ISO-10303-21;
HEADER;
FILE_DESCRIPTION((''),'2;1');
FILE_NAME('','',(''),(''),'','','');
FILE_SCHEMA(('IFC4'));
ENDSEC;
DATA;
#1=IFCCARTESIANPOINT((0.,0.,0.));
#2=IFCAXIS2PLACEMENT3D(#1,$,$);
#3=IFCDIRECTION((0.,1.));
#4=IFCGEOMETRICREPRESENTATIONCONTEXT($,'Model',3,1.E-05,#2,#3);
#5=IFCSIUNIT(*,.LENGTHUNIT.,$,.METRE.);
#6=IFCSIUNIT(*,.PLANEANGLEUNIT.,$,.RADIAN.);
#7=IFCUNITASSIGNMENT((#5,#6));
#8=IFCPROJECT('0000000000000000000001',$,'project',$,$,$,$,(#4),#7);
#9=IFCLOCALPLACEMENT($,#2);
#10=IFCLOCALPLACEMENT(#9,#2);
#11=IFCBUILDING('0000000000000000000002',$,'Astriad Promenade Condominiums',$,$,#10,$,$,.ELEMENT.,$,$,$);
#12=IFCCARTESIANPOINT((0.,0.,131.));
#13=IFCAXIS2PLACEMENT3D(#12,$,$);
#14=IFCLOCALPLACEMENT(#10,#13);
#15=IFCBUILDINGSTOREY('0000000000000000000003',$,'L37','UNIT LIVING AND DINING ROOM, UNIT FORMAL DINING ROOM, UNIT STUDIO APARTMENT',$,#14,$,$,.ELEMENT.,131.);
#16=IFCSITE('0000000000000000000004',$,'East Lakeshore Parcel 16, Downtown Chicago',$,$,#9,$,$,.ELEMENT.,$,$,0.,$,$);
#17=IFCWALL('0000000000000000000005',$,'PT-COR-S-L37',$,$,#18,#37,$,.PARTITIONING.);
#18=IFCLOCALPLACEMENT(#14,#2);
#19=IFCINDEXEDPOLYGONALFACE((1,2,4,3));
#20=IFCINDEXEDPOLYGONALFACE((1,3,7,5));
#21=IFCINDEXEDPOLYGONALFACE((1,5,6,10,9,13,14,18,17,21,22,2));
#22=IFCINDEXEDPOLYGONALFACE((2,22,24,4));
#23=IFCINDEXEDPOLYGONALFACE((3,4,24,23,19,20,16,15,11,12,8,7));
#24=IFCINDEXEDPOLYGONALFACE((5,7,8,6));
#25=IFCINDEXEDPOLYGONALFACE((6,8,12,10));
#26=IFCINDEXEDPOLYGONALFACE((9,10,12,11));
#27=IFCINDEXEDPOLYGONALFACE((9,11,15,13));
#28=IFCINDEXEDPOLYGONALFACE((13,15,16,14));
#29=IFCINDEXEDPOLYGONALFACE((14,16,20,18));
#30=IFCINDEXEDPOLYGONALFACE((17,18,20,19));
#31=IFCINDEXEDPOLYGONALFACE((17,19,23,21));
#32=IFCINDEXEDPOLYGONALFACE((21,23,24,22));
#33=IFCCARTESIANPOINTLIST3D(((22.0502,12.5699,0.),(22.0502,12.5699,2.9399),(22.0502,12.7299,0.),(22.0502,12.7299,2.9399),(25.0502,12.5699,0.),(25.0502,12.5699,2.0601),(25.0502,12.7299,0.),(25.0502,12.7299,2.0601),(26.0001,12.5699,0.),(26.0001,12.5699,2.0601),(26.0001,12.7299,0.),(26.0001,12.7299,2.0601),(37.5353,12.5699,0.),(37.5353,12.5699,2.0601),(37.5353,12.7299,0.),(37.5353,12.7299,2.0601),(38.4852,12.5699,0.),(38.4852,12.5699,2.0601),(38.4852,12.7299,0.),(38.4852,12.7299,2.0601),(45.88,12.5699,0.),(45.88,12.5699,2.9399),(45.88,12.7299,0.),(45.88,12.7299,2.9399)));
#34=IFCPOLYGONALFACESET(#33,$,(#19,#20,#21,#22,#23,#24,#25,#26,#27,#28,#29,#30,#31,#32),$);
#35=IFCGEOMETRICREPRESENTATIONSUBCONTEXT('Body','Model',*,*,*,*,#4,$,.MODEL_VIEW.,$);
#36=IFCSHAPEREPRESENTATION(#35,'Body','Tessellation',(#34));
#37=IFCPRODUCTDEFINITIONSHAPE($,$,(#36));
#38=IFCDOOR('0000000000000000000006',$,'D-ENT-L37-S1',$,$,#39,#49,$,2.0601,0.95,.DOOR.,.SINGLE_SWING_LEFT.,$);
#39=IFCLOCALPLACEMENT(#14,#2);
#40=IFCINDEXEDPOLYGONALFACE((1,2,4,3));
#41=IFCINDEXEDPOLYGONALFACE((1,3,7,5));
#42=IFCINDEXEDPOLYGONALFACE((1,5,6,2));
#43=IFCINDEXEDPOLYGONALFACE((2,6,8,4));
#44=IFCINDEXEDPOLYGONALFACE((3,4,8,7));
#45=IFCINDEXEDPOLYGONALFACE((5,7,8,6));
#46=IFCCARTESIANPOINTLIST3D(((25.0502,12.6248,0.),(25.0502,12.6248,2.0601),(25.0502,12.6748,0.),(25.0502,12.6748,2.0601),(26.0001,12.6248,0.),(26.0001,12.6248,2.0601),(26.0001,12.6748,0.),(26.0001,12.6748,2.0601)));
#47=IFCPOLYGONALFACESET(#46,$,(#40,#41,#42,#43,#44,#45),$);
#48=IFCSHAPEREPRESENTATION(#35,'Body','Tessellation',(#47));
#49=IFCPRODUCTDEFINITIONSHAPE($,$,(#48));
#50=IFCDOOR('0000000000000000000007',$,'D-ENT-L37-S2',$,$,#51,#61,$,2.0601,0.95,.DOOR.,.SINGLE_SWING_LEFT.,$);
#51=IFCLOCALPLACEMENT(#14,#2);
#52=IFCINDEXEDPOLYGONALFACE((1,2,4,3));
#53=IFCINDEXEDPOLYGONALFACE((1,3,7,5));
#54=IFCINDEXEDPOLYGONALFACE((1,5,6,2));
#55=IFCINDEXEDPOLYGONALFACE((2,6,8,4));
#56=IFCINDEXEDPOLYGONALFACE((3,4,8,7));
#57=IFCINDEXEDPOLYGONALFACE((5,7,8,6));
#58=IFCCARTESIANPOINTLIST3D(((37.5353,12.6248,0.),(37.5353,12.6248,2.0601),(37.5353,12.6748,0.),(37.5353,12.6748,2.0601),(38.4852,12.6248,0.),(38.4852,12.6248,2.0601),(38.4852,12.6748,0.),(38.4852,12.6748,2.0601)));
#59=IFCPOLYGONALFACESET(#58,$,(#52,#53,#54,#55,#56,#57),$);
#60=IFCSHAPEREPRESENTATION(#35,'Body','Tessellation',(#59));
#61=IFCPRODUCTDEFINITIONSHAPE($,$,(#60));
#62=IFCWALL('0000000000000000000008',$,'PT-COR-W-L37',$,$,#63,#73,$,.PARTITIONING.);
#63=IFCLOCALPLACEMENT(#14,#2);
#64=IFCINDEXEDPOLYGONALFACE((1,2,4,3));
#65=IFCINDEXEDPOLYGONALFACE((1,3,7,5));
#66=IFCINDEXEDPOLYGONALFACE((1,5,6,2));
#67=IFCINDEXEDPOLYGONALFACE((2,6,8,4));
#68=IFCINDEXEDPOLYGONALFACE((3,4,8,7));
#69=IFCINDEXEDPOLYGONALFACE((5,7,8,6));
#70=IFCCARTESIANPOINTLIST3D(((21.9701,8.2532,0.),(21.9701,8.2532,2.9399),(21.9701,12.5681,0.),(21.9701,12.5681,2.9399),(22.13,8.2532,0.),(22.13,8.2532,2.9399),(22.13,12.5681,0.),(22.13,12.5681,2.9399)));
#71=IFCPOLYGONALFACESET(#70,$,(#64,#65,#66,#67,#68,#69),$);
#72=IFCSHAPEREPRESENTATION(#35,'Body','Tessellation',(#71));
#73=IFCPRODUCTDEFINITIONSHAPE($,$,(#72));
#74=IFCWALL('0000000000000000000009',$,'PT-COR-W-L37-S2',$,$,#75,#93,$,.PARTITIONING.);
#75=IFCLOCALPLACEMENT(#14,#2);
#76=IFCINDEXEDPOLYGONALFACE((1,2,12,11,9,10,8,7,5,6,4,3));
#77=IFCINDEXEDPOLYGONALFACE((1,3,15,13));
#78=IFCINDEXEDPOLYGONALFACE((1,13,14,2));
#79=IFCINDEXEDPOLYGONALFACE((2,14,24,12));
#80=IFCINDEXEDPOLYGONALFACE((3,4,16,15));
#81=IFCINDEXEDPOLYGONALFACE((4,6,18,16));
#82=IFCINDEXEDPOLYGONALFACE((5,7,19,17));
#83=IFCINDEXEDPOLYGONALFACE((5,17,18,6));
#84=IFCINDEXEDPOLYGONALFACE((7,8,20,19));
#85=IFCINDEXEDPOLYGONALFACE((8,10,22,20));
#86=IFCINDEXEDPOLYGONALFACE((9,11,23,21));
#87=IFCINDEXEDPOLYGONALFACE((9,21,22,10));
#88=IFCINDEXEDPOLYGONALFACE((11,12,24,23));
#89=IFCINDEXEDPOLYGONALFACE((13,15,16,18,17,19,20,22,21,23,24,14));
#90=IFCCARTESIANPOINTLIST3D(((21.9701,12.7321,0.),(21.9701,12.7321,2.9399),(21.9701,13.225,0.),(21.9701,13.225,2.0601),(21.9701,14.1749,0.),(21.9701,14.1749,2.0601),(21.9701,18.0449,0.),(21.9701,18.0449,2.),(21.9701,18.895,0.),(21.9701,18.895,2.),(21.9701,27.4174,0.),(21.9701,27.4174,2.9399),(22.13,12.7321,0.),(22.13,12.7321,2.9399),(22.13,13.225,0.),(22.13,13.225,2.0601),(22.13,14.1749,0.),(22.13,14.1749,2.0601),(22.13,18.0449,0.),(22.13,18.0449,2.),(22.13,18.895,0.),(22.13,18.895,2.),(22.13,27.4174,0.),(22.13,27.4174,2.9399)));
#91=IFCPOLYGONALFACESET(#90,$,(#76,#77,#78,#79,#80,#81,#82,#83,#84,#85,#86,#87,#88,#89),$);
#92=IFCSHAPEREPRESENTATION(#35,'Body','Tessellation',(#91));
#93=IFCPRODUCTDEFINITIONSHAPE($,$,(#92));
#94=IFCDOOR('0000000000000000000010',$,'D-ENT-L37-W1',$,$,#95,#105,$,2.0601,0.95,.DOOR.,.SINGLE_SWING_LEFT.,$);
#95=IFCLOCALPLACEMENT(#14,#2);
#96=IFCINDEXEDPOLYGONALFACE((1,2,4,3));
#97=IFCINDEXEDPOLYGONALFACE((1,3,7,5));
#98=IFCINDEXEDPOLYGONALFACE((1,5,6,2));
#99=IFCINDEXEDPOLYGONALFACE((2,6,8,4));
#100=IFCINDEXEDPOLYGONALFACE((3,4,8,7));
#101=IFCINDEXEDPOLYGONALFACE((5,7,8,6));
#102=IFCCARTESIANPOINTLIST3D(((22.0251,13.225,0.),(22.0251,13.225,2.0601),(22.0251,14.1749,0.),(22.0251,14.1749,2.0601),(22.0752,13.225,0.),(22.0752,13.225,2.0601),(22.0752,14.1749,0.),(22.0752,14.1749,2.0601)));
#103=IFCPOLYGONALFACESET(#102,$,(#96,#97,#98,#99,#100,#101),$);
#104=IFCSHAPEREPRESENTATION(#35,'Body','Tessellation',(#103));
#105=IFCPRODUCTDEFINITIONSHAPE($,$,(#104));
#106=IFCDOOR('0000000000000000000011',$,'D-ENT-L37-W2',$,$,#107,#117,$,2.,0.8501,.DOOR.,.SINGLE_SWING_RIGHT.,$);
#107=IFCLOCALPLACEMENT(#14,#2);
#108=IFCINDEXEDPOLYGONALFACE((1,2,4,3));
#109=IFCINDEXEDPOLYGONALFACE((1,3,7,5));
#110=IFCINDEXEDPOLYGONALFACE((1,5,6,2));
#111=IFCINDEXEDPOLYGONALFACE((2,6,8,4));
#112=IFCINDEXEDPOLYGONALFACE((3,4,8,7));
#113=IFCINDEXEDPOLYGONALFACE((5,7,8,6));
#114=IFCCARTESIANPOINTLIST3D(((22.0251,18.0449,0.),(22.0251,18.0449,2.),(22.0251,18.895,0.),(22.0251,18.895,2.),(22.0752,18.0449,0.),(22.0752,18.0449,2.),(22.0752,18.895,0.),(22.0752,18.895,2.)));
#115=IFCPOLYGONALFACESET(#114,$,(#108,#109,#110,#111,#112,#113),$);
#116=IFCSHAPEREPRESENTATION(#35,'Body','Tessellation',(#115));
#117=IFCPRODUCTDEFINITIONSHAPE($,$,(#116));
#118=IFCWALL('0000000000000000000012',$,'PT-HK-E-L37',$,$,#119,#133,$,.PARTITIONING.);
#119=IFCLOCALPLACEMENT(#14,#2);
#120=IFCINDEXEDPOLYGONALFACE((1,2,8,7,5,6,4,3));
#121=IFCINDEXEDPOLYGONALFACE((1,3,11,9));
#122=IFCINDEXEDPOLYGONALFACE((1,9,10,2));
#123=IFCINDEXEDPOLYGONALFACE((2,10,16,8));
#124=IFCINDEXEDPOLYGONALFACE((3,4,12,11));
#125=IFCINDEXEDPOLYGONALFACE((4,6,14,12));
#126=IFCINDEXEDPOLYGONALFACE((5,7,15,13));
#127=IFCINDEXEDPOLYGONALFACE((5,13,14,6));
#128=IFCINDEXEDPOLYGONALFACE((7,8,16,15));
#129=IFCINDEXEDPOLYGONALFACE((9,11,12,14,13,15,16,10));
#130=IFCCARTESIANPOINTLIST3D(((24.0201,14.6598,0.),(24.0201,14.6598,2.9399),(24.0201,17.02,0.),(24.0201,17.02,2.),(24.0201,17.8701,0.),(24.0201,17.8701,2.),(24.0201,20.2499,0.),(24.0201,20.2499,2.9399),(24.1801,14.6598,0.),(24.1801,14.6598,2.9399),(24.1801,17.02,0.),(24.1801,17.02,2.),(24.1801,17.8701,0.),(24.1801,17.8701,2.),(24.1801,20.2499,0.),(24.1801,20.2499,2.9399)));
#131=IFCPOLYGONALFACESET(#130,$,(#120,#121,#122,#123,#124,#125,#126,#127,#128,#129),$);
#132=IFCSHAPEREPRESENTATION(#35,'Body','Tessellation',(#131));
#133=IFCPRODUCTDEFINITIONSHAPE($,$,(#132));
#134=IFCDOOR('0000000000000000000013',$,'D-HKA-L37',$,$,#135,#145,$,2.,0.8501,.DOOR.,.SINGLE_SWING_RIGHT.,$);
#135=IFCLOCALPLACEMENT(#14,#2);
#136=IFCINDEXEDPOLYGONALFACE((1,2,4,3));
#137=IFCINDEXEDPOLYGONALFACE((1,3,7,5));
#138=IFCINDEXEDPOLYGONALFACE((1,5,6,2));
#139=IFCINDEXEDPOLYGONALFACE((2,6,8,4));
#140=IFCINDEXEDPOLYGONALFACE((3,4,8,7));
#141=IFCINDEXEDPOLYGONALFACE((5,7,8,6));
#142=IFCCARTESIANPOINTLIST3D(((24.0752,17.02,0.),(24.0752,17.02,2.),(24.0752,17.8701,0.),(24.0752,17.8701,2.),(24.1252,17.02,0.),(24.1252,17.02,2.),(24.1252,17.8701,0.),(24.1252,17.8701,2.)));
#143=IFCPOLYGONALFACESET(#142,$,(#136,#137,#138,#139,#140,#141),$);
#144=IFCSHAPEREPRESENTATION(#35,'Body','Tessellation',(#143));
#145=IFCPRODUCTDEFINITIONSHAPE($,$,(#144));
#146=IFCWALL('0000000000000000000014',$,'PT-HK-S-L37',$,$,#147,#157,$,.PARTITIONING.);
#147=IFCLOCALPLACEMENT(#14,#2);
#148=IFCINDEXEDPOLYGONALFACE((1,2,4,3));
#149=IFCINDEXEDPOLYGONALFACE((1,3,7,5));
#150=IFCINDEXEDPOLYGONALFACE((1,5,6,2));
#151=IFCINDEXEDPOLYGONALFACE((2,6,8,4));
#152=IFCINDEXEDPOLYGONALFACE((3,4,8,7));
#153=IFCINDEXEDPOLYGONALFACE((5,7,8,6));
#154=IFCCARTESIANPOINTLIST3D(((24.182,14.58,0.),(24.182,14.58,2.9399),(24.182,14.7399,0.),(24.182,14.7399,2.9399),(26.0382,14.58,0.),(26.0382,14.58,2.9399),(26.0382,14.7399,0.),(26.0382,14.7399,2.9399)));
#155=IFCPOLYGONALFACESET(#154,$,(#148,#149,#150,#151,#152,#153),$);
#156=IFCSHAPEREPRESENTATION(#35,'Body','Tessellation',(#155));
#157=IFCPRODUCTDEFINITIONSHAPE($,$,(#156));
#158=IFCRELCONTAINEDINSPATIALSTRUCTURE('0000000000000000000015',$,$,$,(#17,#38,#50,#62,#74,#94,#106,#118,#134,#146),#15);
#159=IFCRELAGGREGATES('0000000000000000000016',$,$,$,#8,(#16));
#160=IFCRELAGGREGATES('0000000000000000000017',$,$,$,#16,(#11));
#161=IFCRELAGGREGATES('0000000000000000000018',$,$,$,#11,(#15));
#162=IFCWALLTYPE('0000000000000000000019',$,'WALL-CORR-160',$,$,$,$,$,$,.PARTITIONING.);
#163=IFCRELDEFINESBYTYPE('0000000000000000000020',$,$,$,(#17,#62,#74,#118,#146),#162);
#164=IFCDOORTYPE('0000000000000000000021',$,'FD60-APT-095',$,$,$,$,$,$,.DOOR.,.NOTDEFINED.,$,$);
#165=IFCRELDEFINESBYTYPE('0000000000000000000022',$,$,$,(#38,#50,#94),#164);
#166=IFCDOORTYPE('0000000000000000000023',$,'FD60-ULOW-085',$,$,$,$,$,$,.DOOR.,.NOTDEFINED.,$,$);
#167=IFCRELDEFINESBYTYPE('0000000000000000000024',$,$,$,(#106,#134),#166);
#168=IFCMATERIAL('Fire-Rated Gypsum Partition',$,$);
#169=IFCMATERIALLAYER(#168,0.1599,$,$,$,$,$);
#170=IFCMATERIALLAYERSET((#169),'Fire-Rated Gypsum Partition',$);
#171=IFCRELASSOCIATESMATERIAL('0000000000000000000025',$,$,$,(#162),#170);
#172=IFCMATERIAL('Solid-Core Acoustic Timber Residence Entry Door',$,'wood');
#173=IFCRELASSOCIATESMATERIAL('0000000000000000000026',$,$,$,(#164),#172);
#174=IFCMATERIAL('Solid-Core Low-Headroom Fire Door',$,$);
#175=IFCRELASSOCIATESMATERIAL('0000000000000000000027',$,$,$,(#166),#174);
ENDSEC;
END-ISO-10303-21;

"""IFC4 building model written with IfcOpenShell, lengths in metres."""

from ifc_helpers import new_model, si_unit, direction, frame, frame_2d, origin, place, context, subcontext, project, spatial, rectangle, extrude, source, transform, mapped, material, layer, layer_set, type_object, type_shapes, element, fill, save


model = new_model("IFC4")

# Units and contexts
model_context = context("Model", 3, precision=1e-05, world=origin(), true_north=direction((0.0, 1.0)))
body_context = subcontext(model_context, "Body", "Model", "MODEL_VIEW")
ifc_project = project(units=[si_unit("LENGTHUNIT", "METRE"), si_unit("PLANEANGLEUNIT", "RADIAN")], contexts=[model_context])

# Site, building, storey
site_placement = place(None, origin())
site = spatial("IfcSite", under=ifc_project, at=site_placement, Name="East Lakeshore Parcel 16, Downtown Chicago", CompositionType="ELEMENT", RefElevation=0.0)
building_placement = place(site_placement, origin())
building = spatial("IfcBuilding", under=site, at=building_placement, Name="Astriad Promenade Condominiums", CompositionType="ELEMENT")
storey_placement = place(building_placement, frame((0.0, 0.0, 131.0)))
storey = spatial("IfcBuildingStorey", under=building, at=storey_placement, Name="L37", Description="UNIT LIVING AND DINING ROOM, UNIT FORMAL DINING ROOM, UNIT STUDIO APARTMENT", CompositionType="ELEMENT", Elevation=131.0)

# Wall, openings, doors
ifc_material_1 = material(Name="Fire-Rated Gypsum Partition")
ifc_layer_1 = layer(ifc_material_1, 0.1599)
ifc_layer_set_1 = layer_set([ifc_layer_1], Name="Fire-Rated Gypsum Partition")
wall_type_1 = type_object("IfcWallType", Name="WALL-CORR-160", PredefinedType="PARTITIONING", material=ifc_layer_set_1)
wall_1_placement = place(storey_placement, frame((22.05, 12.6499, 0.0), z_axis=(0.0, 0.0, 1.0), x_axis=(1.0, 0.0, 0.0)))
wall_1 = element("IfcWall", 1, at=wall_1_placement, inside=storey, type_object=wall_type_1, Name="PT-COR-S-L37", PredefinedType="PARTITIONING", context=body_context, shape_type="SweptSolid", body=[
    extrude(rectangle(XDim=23.8298, YDim=0.1599, at=frame_2d((11.915, 0.0))), origin(), (0.0, 0.0, 1.0), 2.9399),
])
opening_1_placement = place(wall_1_placement, frame((3.0, 0.0, 0.0)))
opening_1 = element("IfcOpeningElement", 2, at=opening_1_placement, cuts=wall_1, PredefinedType="OPENING", context=body_context, shape_type="SweptSolid", body=[
    extrude(rectangle(XDim=0.95, YDim=2.0601, at=frame_2d((0.4751, 1.03))), frame((0.0, 0.0898, 0.0), z_axis=(0.0, -1.0, 0.0), x_axis=(1.0, 0.0, 0.0)), (0.0, 0.0, 1.0), 0.1799),
])
opening_2_placement = place(wall_1_placement, frame((15.4851, 0.0, 0.0)))
opening_2 = element("IfcOpeningElement", 3, at=opening_2_placement, cuts=wall_1, PredefinedType="OPENING", context=body_context, shape_type="SweptSolid", body=[
    extrude(rectangle(XDim=0.95, YDim=2.0601, at=frame_2d((0.4751, 1.03))), frame((0.0, 0.0898, 0.0), z_axis=(0.0, -1.0, 0.0), x_axis=(1.0, 0.0, 0.0)), (0.0, 0.0, 1.0), 0.1799),
])
ifc_material_2 = material(Name="Solid-Core Acoustic Timber Residence Entry Door", Category="wood")
door_type_1 = type_object("IfcDoorType", Name="FD60-APT-095", OperationType="NOTDEFINED", PredefinedType="DOOR", material=ifc_material_2)
shared_shape_1 = source(origin(), body_context, "Body", "SweptSolid", [
    extrude(rectangle(XDim=0.95, YDim=2.0601, at=frame_2d((0.4751, 1.03))), frame((0.0, 0.0249, 0.0), z_axis=(0.0, -1.0, 0.0), x_axis=(1.0, 0.0, 0.0)), (0.0, 0.0, 1.0), 0.05),
])
type_shapes(door_type_1, [shared_shape_1])
door_1_placement = place(opening_1_placement, origin())
door_1 = element("IfcDoor", 4, at=door_1_placement, inside=storey, type_object=door_type_1, Name="D-ENT-L37-S1", OperationType="SINGLE_SWING_LEFT", OverallHeight=2.0601, OverallWidth=0.95, PredefinedType="DOOR", context=body_context, shape_type="MappedRepresentation", body=[
    mapped(shared_shape_1, transform((0.0, 0.0, 0.0), scale=1.0)),
])
fill(opening_1, door_1)
door_2_placement = place(opening_2_placement, origin())
door_2 = element("IfcDoor", 5, at=door_2_placement, inside=storey, type_object=door_type_1, Name="D-ENT-L37-S2", OperationType="SINGLE_SWING_LEFT", OverallHeight=2.0601, OverallWidth=0.95, PredefinedType="DOOR", context=body_context, shape_type="MappedRepresentation", body=[
    mapped(shared_shape_1, transform((0.0, 0.0, 0.0), scale=1.0)),
])
fill(opening_2, door_2)

# Wall
wall_2_placement = place(storey_placement, frame((22.05, 8.2532, 0.0), z_axis=(0.0, 0.0, 1.0), x_axis=(0.0, 1.0, 0.0)))
element("IfcWall", 6, at=wall_2_placement, inside=storey, type_object=wall_type_1, Name="PT-COR-W-L37", PredefinedType="PARTITIONING", context=body_context, shape_type="SweptSolid", body=[
    extrude(rectangle(XDim=4.3149, YDim=0.1599, at=frame_2d((2.1575, 0.0))), origin(), (0.0, 0.0, 1.0), 2.9399),
])

# Wall, openings, doors
wall_3_placement = place(storey_placement, frame((22.05, 12.7319, 0.0), z_axis=(0.0, 0.0, 1.0), x_axis=(0.0, 1.0, 0.0)))
wall_3 = element("IfcWall", 7, at=wall_3_placement, inside=storey, type_object=wall_type_1, Name="PT-COR-W-L37-S2", PredefinedType="PARTITIONING", context=body_context, shape_type="SweptSolid", body=[
    extrude(rectangle(XDim=14.6853, YDim=0.1599, at=frame_2d((7.3428, 0.0))), origin(), (0.0, 0.0, 1.0), 2.9399),
])
opening_3_placement = place(wall_3_placement, frame((0.4929, 0.0, 0.0)))
opening_3 = element("IfcOpeningElement", 8, at=opening_3_placement, cuts=wall_3, PredefinedType="OPENING", context=body_context, shape_type="SweptSolid", body=[
    extrude(rectangle(XDim=0.95, YDim=2.0601, at=frame_2d((0.4751, 1.03))), frame((0.0, 0.0898, 0.0), z_axis=(0.0, -1.0, 0.0), x_axis=(1.0, 0.0, 0.0)), (0.0, 0.0, 1.0), 0.1799),
])
opening_4_placement = place(wall_3_placement, frame((5.313, 0.0, 0.0)))
opening_4 = element("IfcOpeningElement", 9, at=opening_4_placement, cuts=wall_3, PredefinedType="OPENING", context=body_context, shape_type="SweptSolid", body=[
    extrude(rectangle(XDim=0.8501, YDim=2.0, at=frame_2d((0.425, 1.0))), frame((0.0, 0.0898, 0.0), z_axis=(0.0, -1.0, 0.0), x_axis=(1.0, 0.0, 0.0)), (0.0, 0.0, 1.0), 0.1799),
])
door_3_placement = place(opening_3_placement, origin())
door_3 = element("IfcDoor", 10, at=door_3_placement, inside=storey, type_object=door_type_1, Name="D-ENT-L37-W1", OperationType="SINGLE_SWING_LEFT", OverallHeight=2.0601, OverallWidth=0.95, PredefinedType="DOOR", context=body_context, shape_type="MappedRepresentation", body=[
    mapped(shared_shape_1, transform((0.0, 0.0, 0.0), scale=1.0)),
])
fill(opening_3, door_3)
ifc_material_3 = material(Name="Solid-Core Low-Headroom Fire Door")
door_type_2 = type_object("IfcDoorType", Name="FD60-ULOW-085", OperationType="NOTDEFINED", PredefinedType="DOOR", material=ifc_material_3)
shared_shape_2 = source(origin(), body_context, "Body", "SweptSolid", [
    extrude(rectangle(XDim=0.8501, YDim=2.0, at=frame_2d((0.425, 1.0))), frame((0.0, 0.0249, 0.0), z_axis=(0.0, -1.0, 0.0), x_axis=(1.0, 0.0, 0.0)), (0.0, 0.0, 1.0), 0.05),
])
type_shapes(door_type_2, [shared_shape_2])
door_4_placement = place(opening_4_placement, origin())
door_4 = element("IfcDoor", 11, at=door_4_placement, inside=storey, type_object=door_type_2, Name="D-ENT-L37-W2", OperationType="SINGLE_SWING_RIGHT", OverallHeight=2.0, OverallWidth=0.8501, PredefinedType="DOOR", context=body_context, shape_type="MappedRepresentation", body=[
    mapped(shared_shape_2, transform((0.0, 0.0, 0.0), scale=1.0)),
])
fill(opening_4, door_4)

# Wall, opening, door
wall_4_placement = place(storey_placement, frame((24.1001, 14.6599, 0.0), z_axis=(0.0, 0.0, 1.0), x_axis=(0.0, 1.0, 0.0)))
wall_4 = element("IfcWall", 12, at=wall_4_placement, inside=storey, type_object=wall_type_1, Name="PT-HK-E-L37", PredefinedType="PARTITIONING", context=body_context, shape_type="SweptSolid", body=[
    extrude(rectangle(XDim=5.5901, YDim=0.1599, at=frame_2d((2.7949, 0.0))), origin(), (0.0, 0.0, 1.0), 2.9399),
])
opening_5_placement = place(wall_4_placement, frame((2.3601, 0.0, 0.0)))
opening_5 = element("IfcOpeningElement", 13, at=opening_5_placement, cuts=wall_4, PredefinedType="OPENING", context=body_context, shape_type="SweptSolid", body=[
    extrude(rectangle(XDim=0.8501, YDim=2.0, at=frame_2d((0.425, 1.0))), frame((0.0, 0.0898, 0.0), z_axis=(0.0, -1.0, 0.0), x_axis=(1.0, 0.0, 0.0)), (0.0, 0.0, 1.0), 0.1799),
])
door_5_placement = place(opening_5_placement, origin())
door_5 = element("IfcDoor", 14, at=door_5_placement, inside=storey, type_object=door_type_2, Name="D-HKA-L37", OperationType="SINGLE_SWING_RIGHT", OverallHeight=2.0, OverallWidth=0.8501, PredefinedType="DOOR", context=body_context, shape_type="MappedRepresentation", body=[
    mapped(shared_shape_2, transform((0.0, 0.0, 0.0), scale=1.0)),
])
fill(opening_5, door_5)

# Wall
wall_5_placement = place(storey_placement, frame((24.1819, 14.6599, 0.0), z_axis=(0.0, 0.0, 1.0), x_axis=(1.0, 0.0, 0.0)))
element("IfcWall", 15, at=wall_5_placement, inside=storey, type_object=wall_type_1, Name="PT-HK-S-L37", PredefinedType="PARTITIONING", context=body_context, shape_type="SweptSolid", body=[
    extrude(rectangle(XDim=1.8562, YDim=0.1599, at=frame_2d((0.9282, 0.0))), origin(), (0.0, 0.0, 1.0), 2.9399),
])

save(model, "model.ifc")
